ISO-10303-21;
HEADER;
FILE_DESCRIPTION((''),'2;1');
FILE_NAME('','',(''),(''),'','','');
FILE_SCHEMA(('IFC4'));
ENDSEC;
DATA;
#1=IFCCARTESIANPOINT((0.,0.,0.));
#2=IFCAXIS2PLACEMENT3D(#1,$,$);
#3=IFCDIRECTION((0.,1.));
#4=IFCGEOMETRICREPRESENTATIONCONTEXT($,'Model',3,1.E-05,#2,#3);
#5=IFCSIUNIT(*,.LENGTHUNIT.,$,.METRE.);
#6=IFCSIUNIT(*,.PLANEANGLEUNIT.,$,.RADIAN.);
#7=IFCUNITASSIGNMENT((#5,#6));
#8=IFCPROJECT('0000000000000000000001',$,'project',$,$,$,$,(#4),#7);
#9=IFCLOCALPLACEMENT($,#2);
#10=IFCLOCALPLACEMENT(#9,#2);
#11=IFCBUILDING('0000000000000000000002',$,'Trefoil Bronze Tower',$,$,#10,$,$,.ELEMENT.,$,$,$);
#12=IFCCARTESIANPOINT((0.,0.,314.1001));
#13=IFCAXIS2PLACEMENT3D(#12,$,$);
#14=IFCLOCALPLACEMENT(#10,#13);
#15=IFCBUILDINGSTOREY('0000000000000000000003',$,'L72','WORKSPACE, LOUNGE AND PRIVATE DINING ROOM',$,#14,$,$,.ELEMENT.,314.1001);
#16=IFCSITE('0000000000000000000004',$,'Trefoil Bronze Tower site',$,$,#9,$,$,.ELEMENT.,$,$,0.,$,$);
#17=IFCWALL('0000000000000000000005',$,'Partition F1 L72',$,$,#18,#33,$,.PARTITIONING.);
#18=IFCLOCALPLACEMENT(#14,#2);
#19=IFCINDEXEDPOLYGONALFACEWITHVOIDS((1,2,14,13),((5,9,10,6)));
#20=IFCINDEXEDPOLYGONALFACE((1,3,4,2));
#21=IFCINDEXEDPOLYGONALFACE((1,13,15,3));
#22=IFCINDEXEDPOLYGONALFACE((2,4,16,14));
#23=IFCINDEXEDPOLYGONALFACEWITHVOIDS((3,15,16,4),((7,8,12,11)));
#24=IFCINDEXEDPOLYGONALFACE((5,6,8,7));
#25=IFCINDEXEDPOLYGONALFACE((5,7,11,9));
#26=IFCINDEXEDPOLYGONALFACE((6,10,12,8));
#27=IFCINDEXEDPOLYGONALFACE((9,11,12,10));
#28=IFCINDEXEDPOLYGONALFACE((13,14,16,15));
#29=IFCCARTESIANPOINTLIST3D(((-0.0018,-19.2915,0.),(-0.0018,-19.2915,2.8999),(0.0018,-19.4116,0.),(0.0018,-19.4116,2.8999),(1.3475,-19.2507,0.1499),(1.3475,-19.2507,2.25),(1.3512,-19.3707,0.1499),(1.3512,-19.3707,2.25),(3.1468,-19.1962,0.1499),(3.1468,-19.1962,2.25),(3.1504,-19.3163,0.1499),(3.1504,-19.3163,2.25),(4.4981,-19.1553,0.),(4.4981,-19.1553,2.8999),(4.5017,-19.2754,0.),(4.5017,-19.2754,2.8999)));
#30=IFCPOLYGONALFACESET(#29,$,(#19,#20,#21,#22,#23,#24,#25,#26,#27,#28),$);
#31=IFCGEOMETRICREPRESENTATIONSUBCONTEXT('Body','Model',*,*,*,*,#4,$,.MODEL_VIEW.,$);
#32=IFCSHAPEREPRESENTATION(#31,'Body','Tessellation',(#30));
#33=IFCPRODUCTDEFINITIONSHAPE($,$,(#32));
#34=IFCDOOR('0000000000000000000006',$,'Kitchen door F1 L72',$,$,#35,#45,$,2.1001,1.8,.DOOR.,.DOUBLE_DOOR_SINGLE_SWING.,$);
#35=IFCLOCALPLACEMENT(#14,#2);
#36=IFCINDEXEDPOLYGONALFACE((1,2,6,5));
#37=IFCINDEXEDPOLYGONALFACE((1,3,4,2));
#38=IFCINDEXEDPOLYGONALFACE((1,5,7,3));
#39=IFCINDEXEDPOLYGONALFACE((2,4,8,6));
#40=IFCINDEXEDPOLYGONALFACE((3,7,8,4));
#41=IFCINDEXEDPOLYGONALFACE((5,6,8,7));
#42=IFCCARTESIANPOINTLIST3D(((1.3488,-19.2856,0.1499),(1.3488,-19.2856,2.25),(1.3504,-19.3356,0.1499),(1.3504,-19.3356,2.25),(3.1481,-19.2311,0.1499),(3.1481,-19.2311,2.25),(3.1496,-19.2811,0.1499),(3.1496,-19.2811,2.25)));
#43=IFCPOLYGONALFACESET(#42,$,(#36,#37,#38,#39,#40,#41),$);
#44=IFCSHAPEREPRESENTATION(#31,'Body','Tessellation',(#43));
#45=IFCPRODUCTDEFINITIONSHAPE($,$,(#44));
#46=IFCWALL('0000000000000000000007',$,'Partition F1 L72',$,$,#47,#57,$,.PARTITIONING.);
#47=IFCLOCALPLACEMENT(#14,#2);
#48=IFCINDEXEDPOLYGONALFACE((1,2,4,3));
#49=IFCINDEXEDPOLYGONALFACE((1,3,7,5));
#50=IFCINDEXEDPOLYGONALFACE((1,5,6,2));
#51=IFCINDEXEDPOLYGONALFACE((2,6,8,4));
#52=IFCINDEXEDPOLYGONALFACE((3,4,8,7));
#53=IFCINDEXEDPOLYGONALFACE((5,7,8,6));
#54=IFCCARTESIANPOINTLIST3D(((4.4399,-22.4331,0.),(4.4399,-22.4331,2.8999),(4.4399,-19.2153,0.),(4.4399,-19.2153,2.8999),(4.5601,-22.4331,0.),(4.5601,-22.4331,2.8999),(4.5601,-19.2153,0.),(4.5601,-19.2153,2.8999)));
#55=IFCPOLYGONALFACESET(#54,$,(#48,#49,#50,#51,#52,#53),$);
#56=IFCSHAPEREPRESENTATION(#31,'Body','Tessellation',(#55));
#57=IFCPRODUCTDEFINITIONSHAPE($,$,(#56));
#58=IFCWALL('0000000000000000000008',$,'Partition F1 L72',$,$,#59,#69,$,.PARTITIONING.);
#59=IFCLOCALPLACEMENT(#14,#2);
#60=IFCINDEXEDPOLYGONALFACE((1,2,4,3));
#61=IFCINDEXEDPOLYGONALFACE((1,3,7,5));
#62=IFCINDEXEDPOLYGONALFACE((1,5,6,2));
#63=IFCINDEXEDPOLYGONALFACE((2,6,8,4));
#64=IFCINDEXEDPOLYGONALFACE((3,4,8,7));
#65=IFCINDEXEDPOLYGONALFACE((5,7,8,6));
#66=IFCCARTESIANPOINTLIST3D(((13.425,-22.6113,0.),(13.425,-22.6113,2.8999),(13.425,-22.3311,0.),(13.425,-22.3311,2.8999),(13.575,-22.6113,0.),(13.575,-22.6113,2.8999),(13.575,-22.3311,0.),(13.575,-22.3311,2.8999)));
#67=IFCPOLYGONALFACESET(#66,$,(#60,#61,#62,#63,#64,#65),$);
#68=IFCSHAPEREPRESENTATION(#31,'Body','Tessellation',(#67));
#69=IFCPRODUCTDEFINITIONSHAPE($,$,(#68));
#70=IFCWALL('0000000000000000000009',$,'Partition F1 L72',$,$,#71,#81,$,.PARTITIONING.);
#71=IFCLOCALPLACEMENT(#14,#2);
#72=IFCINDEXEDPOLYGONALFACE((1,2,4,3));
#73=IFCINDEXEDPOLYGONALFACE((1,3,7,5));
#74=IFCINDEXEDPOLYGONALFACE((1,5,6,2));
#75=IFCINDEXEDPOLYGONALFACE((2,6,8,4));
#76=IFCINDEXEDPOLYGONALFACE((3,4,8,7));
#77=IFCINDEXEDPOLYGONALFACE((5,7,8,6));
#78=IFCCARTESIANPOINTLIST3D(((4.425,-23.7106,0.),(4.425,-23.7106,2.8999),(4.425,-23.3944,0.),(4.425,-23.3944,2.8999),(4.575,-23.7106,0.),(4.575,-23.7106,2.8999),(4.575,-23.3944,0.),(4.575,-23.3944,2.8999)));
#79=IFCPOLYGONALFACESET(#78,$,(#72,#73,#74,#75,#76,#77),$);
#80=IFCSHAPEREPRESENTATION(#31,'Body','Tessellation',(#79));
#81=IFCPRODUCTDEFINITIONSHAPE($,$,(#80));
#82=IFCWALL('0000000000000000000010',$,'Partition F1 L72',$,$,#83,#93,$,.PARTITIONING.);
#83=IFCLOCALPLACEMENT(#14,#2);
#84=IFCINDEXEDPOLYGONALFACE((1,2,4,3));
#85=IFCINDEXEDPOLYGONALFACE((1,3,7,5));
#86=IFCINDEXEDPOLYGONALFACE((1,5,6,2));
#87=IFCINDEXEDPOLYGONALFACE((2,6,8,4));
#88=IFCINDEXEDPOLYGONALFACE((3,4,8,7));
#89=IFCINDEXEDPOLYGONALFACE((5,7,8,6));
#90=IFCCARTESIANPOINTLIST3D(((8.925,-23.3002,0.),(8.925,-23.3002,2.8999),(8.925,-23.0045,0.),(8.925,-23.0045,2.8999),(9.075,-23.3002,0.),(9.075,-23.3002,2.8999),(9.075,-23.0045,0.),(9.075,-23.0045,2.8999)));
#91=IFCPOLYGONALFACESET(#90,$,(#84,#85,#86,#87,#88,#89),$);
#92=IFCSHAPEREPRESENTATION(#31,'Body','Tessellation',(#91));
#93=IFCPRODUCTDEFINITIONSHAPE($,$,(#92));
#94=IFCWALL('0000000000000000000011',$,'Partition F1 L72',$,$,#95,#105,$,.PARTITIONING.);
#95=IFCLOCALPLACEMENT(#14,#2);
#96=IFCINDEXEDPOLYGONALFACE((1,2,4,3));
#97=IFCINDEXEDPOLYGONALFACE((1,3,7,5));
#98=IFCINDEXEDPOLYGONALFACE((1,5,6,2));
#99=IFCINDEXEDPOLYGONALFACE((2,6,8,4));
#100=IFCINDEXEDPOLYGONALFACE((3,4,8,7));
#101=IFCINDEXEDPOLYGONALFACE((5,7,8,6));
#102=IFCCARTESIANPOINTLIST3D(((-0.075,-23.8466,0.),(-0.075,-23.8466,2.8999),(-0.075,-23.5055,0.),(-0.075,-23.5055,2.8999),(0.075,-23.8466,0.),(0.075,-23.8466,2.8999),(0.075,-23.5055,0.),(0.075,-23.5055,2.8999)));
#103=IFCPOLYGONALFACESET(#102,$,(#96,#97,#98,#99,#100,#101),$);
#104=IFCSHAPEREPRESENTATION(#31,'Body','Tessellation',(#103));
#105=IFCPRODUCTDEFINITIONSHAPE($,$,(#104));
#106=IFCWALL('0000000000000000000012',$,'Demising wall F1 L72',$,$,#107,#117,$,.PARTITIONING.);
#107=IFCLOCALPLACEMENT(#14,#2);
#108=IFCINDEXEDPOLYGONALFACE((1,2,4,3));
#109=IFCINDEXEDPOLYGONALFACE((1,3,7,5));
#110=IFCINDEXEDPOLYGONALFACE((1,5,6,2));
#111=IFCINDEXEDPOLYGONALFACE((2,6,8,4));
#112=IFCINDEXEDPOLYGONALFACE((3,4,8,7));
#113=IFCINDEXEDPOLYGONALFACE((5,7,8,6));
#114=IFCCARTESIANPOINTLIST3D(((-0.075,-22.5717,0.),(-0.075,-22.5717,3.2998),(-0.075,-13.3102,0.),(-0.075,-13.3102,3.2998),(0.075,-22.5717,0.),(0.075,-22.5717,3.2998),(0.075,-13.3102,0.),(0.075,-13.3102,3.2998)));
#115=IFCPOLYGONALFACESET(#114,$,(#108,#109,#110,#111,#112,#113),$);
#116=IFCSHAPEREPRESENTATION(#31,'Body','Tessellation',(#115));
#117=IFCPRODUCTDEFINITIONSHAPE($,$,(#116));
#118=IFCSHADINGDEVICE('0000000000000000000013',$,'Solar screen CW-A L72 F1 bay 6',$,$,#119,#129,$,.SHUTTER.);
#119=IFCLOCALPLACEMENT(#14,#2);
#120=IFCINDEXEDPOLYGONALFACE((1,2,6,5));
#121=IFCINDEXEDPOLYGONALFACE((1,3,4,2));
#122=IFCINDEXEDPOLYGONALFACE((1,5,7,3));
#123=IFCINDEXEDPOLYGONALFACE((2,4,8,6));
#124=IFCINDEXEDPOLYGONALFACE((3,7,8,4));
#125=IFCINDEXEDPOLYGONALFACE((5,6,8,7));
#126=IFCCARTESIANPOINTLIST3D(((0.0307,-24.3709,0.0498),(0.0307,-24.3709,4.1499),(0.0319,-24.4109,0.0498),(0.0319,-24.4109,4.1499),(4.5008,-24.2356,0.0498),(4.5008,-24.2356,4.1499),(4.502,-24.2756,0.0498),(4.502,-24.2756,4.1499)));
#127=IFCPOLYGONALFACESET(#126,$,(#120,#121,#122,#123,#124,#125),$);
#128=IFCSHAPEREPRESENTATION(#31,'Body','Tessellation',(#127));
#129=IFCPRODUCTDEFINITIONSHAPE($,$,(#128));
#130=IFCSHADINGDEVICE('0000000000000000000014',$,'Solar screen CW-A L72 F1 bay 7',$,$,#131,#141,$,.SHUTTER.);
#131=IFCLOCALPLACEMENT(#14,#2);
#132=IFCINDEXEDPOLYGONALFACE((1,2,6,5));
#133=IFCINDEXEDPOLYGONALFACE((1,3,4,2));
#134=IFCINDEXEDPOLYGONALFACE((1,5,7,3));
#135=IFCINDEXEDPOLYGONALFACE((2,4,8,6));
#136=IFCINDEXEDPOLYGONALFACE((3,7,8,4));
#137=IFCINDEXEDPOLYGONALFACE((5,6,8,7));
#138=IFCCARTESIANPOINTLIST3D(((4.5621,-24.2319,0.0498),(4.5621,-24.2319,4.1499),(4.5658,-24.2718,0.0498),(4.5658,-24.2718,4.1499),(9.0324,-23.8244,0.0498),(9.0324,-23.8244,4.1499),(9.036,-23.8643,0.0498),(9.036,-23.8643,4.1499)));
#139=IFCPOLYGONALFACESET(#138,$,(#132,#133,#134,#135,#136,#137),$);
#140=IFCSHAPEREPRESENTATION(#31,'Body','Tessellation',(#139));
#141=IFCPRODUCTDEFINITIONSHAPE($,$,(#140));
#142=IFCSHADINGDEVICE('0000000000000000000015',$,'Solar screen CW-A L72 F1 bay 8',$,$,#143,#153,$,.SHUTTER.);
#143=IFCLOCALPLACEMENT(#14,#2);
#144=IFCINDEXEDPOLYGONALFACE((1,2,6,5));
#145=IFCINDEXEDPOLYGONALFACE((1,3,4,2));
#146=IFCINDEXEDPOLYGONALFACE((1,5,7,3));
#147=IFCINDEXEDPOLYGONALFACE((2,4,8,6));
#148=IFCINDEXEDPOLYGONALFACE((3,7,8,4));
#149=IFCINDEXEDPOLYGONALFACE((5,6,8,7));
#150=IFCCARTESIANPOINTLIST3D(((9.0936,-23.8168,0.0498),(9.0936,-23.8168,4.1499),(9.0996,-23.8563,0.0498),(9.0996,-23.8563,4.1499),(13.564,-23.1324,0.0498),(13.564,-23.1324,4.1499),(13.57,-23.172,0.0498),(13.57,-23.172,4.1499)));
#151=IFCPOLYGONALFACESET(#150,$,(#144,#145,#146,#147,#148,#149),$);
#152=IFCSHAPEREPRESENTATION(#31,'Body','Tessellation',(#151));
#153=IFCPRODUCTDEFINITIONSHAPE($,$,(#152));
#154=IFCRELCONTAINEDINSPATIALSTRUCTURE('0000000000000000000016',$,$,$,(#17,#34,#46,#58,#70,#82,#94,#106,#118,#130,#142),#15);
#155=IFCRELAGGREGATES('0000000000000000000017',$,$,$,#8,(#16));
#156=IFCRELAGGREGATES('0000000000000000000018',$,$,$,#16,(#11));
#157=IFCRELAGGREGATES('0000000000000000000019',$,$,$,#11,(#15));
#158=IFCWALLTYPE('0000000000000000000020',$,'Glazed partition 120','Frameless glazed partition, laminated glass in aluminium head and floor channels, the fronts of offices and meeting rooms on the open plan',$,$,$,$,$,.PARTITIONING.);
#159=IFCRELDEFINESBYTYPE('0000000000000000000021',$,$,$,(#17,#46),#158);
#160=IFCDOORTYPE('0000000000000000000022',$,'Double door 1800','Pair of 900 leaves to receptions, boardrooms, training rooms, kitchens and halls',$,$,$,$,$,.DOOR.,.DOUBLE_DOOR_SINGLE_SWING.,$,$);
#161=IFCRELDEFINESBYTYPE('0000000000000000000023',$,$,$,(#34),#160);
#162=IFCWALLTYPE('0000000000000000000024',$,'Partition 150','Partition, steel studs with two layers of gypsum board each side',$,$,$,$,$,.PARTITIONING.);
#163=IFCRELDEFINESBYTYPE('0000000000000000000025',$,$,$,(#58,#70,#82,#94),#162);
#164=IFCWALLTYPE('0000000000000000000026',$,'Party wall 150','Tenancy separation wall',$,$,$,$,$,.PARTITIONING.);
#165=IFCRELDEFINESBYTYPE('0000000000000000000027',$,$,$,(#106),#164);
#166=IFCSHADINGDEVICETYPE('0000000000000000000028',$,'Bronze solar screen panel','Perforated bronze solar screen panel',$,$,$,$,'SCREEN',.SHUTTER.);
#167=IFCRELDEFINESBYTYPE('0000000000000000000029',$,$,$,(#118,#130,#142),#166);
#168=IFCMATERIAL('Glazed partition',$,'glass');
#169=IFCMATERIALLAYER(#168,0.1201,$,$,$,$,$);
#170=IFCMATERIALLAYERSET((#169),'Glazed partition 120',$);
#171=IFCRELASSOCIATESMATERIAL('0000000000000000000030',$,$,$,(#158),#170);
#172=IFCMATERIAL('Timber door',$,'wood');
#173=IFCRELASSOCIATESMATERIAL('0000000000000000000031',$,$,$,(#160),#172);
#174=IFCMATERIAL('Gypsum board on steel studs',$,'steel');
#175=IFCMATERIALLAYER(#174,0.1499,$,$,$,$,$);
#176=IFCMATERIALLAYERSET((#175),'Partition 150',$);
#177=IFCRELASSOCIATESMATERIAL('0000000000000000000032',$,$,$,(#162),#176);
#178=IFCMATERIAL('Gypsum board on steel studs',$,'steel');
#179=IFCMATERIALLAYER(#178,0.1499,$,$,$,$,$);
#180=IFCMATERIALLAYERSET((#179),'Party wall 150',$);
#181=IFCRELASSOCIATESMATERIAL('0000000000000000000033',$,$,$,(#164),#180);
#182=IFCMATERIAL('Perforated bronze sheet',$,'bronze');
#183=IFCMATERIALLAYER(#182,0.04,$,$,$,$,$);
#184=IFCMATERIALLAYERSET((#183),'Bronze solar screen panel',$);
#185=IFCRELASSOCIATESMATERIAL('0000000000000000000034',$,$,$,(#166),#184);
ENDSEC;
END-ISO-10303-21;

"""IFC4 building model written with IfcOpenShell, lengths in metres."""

from ifc_helpers import new_model, si_unit, direction, frame, frame_2d, origin, origin_2d, place, context, subcontext, project, spatial, rectangle, extrude, material, layer, layer_set, type_object, element, fill, save


model = new_model("IFC4")

# Units and contexts
model_context = context("Model", 3, precision=1e-05, world=origin(), true_north=direction((0.0, 1.0)))
body_context = subcontext(model_context, "Body", "Model", "MODEL_VIEW")
ifc_project = project(units=[si_unit("LENGTHUNIT", "METRE"), si_unit("PLANEANGLEUNIT", "RADIAN")], contexts=[model_context])

# Site, building, storey
site_placement = place(None, origin())
site = spatial("IfcSite", under=ifc_project, at=site_placement, Name="Trefoil Bronze Tower site", CompositionType="ELEMENT", RefElevation=0.0)
building_placement = place(site_placement, origin())
building = spatial("IfcBuilding", under=site, at=building_placement, Name="Trefoil Bronze Tower", CompositionType="ELEMENT")
storey_placement = place(building_placement, frame((0.0, 0.0, 314.1001)))
storey = spatial("IfcBuildingStorey", under=building, at=storey_placement, Name="L72", Description="WORKSPACE, LOUNGE AND PRIVATE DINING ROOM", CompositionType="ELEMENT", Elevation=314.1001)

# Wall, opening, door
ifc_material_1 = material(Name="Glazed partition", Category="glass")
ifc_layer_1 = layer(ifc_material_1, 0.1201)
ifc_layer_set_1 = layer_set([ifc_layer_1], Name="Glazed partition 120")
wall_type_1 = type_object("IfcWallType", Name="Glazed partition 120", Description="Frameless glazed partition, laminated glass in aluminium head and floor channels, the fronts of offices and meeting rooms on the open plan", PredefinedType="PARTITIONING", material=ifc_layer_set_1)
wall_1_placement = place(storey_placement, frame((0.0, -19.3516, 0.0), z_axis=(0.0, 0.0, 1.0), x_axis=(0.999542, 0.03026, 0.0)))
wall_1 = element("IfcWall", 1, at=wall_1_placement, inside=storey, type_object=wall_type_1, Name="Partition F1 L72", PredefinedType="PARTITIONING", context=body_context, shape_type="SweptSolid", body=[
    extrude(rectangle(XDim=4.502, YDim=0.1201, at=frame_2d((2.251, 0.0))), origin(), (0.0, 0.0, 1.0), 2.8999),
])
opening_placement = place(wall_1_placement, frame((1.3501, 0.0, 0.1499)))
opening = element("IfcOpeningElement", 2, at=opening_placement, cuts=wall_1, PredefinedType="OPENING", context=body_context, shape_type="SweptSolid", body=[
    extrude(rectangle(XDim=1.8, YDim=2.1001, at=frame_2d((0.8999, 1.05))), frame((0.0, 0.0701, 0.0), z_axis=(0.0, -1.0, 0.0), x_axis=(1.0, 0.0, 0.0)), (0.0, 0.0, 1.0), 0.1401),
])
ifc_material_2 = material(Name="Timber door", Category="wood")
door_type = type_object("IfcDoorType", Name="Double door 1800", Description="Pair of 900 leaves to receptions, boardrooms, training rooms, kitchens and halls", OperationType="DOUBLE_DOOR_SINGLE_SWING", PredefinedType="DOOR", material=ifc_material_2)
door_placement = place(opening_placement, frame((1.8, 0.0, 0.0), z_axis=(0.0, 0.0, 1.0), x_axis=(-1.0, 0.0, 0.0)))
door = element("IfcDoor", 3, at=door_placement, inside=storey, type_object=door_type, Name="Kitchen door F1 L72", OperationType="DOUBLE_DOOR_SINGLE_SWING", OverallHeight=2.1001, OverallWidth=1.8, PredefinedType="DOOR", context=body_context, shape_type="SweptSolid", body=[
    extrude(rectangle(XDim=1.8, YDim=2.1001, at=frame_2d((0.8999, 1.05))), frame((0.0, 0.0249, 0.0), z_axis=(0.0, -1.0, 0.0), x_axis=(1.0, 0.0, 0.0)), (0.0, 0.0, 1.0), 0.05),
])
fill(opening, door)

# Walls
wall_2_placement = place(storey_placement, frame((4.5, -19.2153, 0.0), z_axis=(0.0, 0.0, 1.0), x_axis=(0.0, -1.0, 0.0)))
element("IfcWall", 4, at=wall_2_placement, inside=storey, type_object=wall_type_1, Name="Partition F1 L72", PredefinedType="PARTITIONING", context=body_context, shape_type="SweptSolid", body=[
    extrude(rectangle(XDim=3.2178, YDim=0.1201, at=frame_2d((1.6089, 0.0))), origin(), (0.0, 0.0, 1.0), 2.8999),
])
ifc_material_3 = material(Name="Gypsum board on steel studs", Category="steel")
ifc_layer_2 = layer(ifc_material_3, 0.1499)
ifc_layer_set_2 = layer_set([ifc_layer_2], Name="Partition 150")
wall_type_2 = type_object("IfcWallType", Name="Partition 150", Description="Partition, steel studs with two layers of gypsum board each side", PredefinedType="PARTITIONING", material=ifc_layer_set_2)
wall_3_placement = place(storey_placement, frame((13.5, -22.3311, 0.0), z_axis=(0.0, 0.0, 1.0), x_axis=(0.0, -1.0, 0.0)))
element("IfcWall", 5, at=wall_3_placement, inside=storey, type_object=wall_type_2, Name="Partition F1 L72", PredefinedType="PARTITIONING", context=body_context, shape_type="SweptSolid", body=[
    extrude(rectangle(XDim=0.2803, YDim=0.1499, at=frame_2d((0.1401, 0.0))), origin(), (0.0, 0.0, 1.0), 2.8999),
])
wall_4_placement = place(storey_placement, frame((4.5, -23.3943, 0.0), z_axis=(0.0, 0.0, 1.0), x_axis=(0.0, -1.0, 0.0)))
element("IfcWall", 6, at=wall_4_placement, inside=storey, type_object=wall_type_2, Name="Partition F1 L72", PredefinedType="PARTITIONING", context=body_context, shape_type="SweptSolid", body=[
    extrude(rectangle(XDim=0.3162, YDim=0.1499, at=frame_2d((0.1582, 0.0))), origin(), (0.0, 0.0, 1.0), 2.8999),
])
wall_5_placement = place(storey_placement, frame((9.0, -23.0044, 0.0), z_axis=(0.0, 0.0, 1.0), x_axis=(0.0, -1.0, 0.0)))
element("IfcWall", 7, at=wall_5_placement, inside=storey, type_object=wall_type_2, Name="Partition F1 L72", PredefinedType="PARTITIONING", context=body_context, shape_type="SweptSolid", body=[
    extrude(rectangle(XDim=0.2957, YDim=0.1499, at=frame_2d((0.1479, 0.0))), origin(), (0.0, 0.0, 1.0), 2.8999),
])
wall_6_placement = place(storey_placement, frame((0.0, -23.5056, 0.0), z_axis=(0.0, 0.0, 1.0), x_axis=(0.0, -1.0, 0.0)))
element("IfcWall", 8, at=wall_6_placement, inside=storey, type_object=wall_type_2, Name="Partition F1 L72", PredefinedType="PARTITIONING", context=body_context, shape_type="SweptSolid", body=[
    extrude(rectangle(XDim=0.3411, YDim=0.1499, at=frame_2d((0.1704, 0.0))), origin(), (0.0, 0.0, 1.0), 2.8999),
])
ifc_material_4 = material(Name="Gypsum board on steel studs", Category="steel")
ifc_layer_3 = layer(ifc_material_4, 0.1499)
ifc_layer_set_3 = layer_set([ifc_layer_3], Name="Party wall 150")
wall_type_3 = type_object("IfcWallType", Name="Party wall 150", Description="Tenancy separation wall", PredefinedType="PARTITIONING", material=ifc_layer_set_3)
wall_7_placement = place(storey_placement, frame((0.0, -13.3101, 0.0), z_axis=(0.0, 0.0, 1.0), x_axis=(0.0, -1.0, 0.0)))
element("IfcWall", 9, at=wall_7_placement, inside=storey, type_object=wall_type_3, Name="Demising wall F1 L72", PredefinedType="PARTITIONING", context=body_context, shape_type="SweptSolid", body=[
    extrude(rectangle(XDim=9.2615, YDim=0.1499, at=frame_2d((4.6309, 0.0))), origin(), (0.0, 0.0, 1.0), 3.2998),
])

# Shading devices
ifc_material_5 = material(Name="Perforated bronze sheet", Category="bronze")
ifc_layer_4 = layer(ifc_material_5, 0.04)
ifc_layer_set_4 = layer_set([ifc_layer_4], Name="Bronze solar screen panel")
shading_device_type = type_object("IfcShadingDeviceType", Name="Bronze solar screen panel", Description="Perforated bronze solar screen panel", ElementType="SCREEN", PredefinedType="SHUTTER", material=ifc_layer_set_4)
shading_device_1_placement = place(storey_placement, frame((2.2664, -24.3232, 0.0498), z_axis=(0.0, 0.0, 1.0), x_axis=(0.999542, 0.030263, 0.0)))
element("IfcShadingDevice", 10, at=shading_device_1_placement, inside=storey, type_object=shading_device_type, Name="Solar screen CW-A L72 F1 bay 6", PredefinedType="SHUTTER", context=body_context, shape_type="SweptSolid", body=[
    extrude(rectangle(XDim=4.4722, YDim=0.04, at=origin_2d()), origin(), (0.0, 0.0, 1.0), 4.1001),
])
shading_device_2_placement = place(storey_placement, frame((6.7991, -24.0481, 0.0498), z_axis=(0.0, 0.0, 1.0), x_axis=(0.99587, 0.090789, 0.0)))
element("IfcShadingDevice", 11, at=shading_device_2_placement, inside=storey, type_object=shading_device_type, Name="Solar screen CW-A L72 F1 bay 7", PredefinedType="SHUTTER", context=body_context, shape_type="SweptSolid", body=[
    extrude(rectangle(XDim=4.4888, YDim=0.04, at=origin_2d()), origin(), (0.0, 0.0, 1.0), 4.1001),
])
shading_device_3_placement = place(storey_placement, frame((11.3318, -23.4944, 0.0498), z_axis=(0.0, 0.0, 1.0), x_axis=(0.988485, 0.151317, 0.0)))
element("IfcShadingDevice", 12, at=shading_device_3_placement, inside=storey, type_object=shading_device_type, Name="Solar screen CW-A L72 F1 bay 8", PredefinedType="SHUTTER", context=body_context, shape_type="SweptSolid", body=[
    extrude(rectangle(XDim=4.5225, YDim=0.04, at=origin_2d()), origin(), (0.0, 0.0, 1.0), 4.1001),
])

save(model, "model.ifc")
